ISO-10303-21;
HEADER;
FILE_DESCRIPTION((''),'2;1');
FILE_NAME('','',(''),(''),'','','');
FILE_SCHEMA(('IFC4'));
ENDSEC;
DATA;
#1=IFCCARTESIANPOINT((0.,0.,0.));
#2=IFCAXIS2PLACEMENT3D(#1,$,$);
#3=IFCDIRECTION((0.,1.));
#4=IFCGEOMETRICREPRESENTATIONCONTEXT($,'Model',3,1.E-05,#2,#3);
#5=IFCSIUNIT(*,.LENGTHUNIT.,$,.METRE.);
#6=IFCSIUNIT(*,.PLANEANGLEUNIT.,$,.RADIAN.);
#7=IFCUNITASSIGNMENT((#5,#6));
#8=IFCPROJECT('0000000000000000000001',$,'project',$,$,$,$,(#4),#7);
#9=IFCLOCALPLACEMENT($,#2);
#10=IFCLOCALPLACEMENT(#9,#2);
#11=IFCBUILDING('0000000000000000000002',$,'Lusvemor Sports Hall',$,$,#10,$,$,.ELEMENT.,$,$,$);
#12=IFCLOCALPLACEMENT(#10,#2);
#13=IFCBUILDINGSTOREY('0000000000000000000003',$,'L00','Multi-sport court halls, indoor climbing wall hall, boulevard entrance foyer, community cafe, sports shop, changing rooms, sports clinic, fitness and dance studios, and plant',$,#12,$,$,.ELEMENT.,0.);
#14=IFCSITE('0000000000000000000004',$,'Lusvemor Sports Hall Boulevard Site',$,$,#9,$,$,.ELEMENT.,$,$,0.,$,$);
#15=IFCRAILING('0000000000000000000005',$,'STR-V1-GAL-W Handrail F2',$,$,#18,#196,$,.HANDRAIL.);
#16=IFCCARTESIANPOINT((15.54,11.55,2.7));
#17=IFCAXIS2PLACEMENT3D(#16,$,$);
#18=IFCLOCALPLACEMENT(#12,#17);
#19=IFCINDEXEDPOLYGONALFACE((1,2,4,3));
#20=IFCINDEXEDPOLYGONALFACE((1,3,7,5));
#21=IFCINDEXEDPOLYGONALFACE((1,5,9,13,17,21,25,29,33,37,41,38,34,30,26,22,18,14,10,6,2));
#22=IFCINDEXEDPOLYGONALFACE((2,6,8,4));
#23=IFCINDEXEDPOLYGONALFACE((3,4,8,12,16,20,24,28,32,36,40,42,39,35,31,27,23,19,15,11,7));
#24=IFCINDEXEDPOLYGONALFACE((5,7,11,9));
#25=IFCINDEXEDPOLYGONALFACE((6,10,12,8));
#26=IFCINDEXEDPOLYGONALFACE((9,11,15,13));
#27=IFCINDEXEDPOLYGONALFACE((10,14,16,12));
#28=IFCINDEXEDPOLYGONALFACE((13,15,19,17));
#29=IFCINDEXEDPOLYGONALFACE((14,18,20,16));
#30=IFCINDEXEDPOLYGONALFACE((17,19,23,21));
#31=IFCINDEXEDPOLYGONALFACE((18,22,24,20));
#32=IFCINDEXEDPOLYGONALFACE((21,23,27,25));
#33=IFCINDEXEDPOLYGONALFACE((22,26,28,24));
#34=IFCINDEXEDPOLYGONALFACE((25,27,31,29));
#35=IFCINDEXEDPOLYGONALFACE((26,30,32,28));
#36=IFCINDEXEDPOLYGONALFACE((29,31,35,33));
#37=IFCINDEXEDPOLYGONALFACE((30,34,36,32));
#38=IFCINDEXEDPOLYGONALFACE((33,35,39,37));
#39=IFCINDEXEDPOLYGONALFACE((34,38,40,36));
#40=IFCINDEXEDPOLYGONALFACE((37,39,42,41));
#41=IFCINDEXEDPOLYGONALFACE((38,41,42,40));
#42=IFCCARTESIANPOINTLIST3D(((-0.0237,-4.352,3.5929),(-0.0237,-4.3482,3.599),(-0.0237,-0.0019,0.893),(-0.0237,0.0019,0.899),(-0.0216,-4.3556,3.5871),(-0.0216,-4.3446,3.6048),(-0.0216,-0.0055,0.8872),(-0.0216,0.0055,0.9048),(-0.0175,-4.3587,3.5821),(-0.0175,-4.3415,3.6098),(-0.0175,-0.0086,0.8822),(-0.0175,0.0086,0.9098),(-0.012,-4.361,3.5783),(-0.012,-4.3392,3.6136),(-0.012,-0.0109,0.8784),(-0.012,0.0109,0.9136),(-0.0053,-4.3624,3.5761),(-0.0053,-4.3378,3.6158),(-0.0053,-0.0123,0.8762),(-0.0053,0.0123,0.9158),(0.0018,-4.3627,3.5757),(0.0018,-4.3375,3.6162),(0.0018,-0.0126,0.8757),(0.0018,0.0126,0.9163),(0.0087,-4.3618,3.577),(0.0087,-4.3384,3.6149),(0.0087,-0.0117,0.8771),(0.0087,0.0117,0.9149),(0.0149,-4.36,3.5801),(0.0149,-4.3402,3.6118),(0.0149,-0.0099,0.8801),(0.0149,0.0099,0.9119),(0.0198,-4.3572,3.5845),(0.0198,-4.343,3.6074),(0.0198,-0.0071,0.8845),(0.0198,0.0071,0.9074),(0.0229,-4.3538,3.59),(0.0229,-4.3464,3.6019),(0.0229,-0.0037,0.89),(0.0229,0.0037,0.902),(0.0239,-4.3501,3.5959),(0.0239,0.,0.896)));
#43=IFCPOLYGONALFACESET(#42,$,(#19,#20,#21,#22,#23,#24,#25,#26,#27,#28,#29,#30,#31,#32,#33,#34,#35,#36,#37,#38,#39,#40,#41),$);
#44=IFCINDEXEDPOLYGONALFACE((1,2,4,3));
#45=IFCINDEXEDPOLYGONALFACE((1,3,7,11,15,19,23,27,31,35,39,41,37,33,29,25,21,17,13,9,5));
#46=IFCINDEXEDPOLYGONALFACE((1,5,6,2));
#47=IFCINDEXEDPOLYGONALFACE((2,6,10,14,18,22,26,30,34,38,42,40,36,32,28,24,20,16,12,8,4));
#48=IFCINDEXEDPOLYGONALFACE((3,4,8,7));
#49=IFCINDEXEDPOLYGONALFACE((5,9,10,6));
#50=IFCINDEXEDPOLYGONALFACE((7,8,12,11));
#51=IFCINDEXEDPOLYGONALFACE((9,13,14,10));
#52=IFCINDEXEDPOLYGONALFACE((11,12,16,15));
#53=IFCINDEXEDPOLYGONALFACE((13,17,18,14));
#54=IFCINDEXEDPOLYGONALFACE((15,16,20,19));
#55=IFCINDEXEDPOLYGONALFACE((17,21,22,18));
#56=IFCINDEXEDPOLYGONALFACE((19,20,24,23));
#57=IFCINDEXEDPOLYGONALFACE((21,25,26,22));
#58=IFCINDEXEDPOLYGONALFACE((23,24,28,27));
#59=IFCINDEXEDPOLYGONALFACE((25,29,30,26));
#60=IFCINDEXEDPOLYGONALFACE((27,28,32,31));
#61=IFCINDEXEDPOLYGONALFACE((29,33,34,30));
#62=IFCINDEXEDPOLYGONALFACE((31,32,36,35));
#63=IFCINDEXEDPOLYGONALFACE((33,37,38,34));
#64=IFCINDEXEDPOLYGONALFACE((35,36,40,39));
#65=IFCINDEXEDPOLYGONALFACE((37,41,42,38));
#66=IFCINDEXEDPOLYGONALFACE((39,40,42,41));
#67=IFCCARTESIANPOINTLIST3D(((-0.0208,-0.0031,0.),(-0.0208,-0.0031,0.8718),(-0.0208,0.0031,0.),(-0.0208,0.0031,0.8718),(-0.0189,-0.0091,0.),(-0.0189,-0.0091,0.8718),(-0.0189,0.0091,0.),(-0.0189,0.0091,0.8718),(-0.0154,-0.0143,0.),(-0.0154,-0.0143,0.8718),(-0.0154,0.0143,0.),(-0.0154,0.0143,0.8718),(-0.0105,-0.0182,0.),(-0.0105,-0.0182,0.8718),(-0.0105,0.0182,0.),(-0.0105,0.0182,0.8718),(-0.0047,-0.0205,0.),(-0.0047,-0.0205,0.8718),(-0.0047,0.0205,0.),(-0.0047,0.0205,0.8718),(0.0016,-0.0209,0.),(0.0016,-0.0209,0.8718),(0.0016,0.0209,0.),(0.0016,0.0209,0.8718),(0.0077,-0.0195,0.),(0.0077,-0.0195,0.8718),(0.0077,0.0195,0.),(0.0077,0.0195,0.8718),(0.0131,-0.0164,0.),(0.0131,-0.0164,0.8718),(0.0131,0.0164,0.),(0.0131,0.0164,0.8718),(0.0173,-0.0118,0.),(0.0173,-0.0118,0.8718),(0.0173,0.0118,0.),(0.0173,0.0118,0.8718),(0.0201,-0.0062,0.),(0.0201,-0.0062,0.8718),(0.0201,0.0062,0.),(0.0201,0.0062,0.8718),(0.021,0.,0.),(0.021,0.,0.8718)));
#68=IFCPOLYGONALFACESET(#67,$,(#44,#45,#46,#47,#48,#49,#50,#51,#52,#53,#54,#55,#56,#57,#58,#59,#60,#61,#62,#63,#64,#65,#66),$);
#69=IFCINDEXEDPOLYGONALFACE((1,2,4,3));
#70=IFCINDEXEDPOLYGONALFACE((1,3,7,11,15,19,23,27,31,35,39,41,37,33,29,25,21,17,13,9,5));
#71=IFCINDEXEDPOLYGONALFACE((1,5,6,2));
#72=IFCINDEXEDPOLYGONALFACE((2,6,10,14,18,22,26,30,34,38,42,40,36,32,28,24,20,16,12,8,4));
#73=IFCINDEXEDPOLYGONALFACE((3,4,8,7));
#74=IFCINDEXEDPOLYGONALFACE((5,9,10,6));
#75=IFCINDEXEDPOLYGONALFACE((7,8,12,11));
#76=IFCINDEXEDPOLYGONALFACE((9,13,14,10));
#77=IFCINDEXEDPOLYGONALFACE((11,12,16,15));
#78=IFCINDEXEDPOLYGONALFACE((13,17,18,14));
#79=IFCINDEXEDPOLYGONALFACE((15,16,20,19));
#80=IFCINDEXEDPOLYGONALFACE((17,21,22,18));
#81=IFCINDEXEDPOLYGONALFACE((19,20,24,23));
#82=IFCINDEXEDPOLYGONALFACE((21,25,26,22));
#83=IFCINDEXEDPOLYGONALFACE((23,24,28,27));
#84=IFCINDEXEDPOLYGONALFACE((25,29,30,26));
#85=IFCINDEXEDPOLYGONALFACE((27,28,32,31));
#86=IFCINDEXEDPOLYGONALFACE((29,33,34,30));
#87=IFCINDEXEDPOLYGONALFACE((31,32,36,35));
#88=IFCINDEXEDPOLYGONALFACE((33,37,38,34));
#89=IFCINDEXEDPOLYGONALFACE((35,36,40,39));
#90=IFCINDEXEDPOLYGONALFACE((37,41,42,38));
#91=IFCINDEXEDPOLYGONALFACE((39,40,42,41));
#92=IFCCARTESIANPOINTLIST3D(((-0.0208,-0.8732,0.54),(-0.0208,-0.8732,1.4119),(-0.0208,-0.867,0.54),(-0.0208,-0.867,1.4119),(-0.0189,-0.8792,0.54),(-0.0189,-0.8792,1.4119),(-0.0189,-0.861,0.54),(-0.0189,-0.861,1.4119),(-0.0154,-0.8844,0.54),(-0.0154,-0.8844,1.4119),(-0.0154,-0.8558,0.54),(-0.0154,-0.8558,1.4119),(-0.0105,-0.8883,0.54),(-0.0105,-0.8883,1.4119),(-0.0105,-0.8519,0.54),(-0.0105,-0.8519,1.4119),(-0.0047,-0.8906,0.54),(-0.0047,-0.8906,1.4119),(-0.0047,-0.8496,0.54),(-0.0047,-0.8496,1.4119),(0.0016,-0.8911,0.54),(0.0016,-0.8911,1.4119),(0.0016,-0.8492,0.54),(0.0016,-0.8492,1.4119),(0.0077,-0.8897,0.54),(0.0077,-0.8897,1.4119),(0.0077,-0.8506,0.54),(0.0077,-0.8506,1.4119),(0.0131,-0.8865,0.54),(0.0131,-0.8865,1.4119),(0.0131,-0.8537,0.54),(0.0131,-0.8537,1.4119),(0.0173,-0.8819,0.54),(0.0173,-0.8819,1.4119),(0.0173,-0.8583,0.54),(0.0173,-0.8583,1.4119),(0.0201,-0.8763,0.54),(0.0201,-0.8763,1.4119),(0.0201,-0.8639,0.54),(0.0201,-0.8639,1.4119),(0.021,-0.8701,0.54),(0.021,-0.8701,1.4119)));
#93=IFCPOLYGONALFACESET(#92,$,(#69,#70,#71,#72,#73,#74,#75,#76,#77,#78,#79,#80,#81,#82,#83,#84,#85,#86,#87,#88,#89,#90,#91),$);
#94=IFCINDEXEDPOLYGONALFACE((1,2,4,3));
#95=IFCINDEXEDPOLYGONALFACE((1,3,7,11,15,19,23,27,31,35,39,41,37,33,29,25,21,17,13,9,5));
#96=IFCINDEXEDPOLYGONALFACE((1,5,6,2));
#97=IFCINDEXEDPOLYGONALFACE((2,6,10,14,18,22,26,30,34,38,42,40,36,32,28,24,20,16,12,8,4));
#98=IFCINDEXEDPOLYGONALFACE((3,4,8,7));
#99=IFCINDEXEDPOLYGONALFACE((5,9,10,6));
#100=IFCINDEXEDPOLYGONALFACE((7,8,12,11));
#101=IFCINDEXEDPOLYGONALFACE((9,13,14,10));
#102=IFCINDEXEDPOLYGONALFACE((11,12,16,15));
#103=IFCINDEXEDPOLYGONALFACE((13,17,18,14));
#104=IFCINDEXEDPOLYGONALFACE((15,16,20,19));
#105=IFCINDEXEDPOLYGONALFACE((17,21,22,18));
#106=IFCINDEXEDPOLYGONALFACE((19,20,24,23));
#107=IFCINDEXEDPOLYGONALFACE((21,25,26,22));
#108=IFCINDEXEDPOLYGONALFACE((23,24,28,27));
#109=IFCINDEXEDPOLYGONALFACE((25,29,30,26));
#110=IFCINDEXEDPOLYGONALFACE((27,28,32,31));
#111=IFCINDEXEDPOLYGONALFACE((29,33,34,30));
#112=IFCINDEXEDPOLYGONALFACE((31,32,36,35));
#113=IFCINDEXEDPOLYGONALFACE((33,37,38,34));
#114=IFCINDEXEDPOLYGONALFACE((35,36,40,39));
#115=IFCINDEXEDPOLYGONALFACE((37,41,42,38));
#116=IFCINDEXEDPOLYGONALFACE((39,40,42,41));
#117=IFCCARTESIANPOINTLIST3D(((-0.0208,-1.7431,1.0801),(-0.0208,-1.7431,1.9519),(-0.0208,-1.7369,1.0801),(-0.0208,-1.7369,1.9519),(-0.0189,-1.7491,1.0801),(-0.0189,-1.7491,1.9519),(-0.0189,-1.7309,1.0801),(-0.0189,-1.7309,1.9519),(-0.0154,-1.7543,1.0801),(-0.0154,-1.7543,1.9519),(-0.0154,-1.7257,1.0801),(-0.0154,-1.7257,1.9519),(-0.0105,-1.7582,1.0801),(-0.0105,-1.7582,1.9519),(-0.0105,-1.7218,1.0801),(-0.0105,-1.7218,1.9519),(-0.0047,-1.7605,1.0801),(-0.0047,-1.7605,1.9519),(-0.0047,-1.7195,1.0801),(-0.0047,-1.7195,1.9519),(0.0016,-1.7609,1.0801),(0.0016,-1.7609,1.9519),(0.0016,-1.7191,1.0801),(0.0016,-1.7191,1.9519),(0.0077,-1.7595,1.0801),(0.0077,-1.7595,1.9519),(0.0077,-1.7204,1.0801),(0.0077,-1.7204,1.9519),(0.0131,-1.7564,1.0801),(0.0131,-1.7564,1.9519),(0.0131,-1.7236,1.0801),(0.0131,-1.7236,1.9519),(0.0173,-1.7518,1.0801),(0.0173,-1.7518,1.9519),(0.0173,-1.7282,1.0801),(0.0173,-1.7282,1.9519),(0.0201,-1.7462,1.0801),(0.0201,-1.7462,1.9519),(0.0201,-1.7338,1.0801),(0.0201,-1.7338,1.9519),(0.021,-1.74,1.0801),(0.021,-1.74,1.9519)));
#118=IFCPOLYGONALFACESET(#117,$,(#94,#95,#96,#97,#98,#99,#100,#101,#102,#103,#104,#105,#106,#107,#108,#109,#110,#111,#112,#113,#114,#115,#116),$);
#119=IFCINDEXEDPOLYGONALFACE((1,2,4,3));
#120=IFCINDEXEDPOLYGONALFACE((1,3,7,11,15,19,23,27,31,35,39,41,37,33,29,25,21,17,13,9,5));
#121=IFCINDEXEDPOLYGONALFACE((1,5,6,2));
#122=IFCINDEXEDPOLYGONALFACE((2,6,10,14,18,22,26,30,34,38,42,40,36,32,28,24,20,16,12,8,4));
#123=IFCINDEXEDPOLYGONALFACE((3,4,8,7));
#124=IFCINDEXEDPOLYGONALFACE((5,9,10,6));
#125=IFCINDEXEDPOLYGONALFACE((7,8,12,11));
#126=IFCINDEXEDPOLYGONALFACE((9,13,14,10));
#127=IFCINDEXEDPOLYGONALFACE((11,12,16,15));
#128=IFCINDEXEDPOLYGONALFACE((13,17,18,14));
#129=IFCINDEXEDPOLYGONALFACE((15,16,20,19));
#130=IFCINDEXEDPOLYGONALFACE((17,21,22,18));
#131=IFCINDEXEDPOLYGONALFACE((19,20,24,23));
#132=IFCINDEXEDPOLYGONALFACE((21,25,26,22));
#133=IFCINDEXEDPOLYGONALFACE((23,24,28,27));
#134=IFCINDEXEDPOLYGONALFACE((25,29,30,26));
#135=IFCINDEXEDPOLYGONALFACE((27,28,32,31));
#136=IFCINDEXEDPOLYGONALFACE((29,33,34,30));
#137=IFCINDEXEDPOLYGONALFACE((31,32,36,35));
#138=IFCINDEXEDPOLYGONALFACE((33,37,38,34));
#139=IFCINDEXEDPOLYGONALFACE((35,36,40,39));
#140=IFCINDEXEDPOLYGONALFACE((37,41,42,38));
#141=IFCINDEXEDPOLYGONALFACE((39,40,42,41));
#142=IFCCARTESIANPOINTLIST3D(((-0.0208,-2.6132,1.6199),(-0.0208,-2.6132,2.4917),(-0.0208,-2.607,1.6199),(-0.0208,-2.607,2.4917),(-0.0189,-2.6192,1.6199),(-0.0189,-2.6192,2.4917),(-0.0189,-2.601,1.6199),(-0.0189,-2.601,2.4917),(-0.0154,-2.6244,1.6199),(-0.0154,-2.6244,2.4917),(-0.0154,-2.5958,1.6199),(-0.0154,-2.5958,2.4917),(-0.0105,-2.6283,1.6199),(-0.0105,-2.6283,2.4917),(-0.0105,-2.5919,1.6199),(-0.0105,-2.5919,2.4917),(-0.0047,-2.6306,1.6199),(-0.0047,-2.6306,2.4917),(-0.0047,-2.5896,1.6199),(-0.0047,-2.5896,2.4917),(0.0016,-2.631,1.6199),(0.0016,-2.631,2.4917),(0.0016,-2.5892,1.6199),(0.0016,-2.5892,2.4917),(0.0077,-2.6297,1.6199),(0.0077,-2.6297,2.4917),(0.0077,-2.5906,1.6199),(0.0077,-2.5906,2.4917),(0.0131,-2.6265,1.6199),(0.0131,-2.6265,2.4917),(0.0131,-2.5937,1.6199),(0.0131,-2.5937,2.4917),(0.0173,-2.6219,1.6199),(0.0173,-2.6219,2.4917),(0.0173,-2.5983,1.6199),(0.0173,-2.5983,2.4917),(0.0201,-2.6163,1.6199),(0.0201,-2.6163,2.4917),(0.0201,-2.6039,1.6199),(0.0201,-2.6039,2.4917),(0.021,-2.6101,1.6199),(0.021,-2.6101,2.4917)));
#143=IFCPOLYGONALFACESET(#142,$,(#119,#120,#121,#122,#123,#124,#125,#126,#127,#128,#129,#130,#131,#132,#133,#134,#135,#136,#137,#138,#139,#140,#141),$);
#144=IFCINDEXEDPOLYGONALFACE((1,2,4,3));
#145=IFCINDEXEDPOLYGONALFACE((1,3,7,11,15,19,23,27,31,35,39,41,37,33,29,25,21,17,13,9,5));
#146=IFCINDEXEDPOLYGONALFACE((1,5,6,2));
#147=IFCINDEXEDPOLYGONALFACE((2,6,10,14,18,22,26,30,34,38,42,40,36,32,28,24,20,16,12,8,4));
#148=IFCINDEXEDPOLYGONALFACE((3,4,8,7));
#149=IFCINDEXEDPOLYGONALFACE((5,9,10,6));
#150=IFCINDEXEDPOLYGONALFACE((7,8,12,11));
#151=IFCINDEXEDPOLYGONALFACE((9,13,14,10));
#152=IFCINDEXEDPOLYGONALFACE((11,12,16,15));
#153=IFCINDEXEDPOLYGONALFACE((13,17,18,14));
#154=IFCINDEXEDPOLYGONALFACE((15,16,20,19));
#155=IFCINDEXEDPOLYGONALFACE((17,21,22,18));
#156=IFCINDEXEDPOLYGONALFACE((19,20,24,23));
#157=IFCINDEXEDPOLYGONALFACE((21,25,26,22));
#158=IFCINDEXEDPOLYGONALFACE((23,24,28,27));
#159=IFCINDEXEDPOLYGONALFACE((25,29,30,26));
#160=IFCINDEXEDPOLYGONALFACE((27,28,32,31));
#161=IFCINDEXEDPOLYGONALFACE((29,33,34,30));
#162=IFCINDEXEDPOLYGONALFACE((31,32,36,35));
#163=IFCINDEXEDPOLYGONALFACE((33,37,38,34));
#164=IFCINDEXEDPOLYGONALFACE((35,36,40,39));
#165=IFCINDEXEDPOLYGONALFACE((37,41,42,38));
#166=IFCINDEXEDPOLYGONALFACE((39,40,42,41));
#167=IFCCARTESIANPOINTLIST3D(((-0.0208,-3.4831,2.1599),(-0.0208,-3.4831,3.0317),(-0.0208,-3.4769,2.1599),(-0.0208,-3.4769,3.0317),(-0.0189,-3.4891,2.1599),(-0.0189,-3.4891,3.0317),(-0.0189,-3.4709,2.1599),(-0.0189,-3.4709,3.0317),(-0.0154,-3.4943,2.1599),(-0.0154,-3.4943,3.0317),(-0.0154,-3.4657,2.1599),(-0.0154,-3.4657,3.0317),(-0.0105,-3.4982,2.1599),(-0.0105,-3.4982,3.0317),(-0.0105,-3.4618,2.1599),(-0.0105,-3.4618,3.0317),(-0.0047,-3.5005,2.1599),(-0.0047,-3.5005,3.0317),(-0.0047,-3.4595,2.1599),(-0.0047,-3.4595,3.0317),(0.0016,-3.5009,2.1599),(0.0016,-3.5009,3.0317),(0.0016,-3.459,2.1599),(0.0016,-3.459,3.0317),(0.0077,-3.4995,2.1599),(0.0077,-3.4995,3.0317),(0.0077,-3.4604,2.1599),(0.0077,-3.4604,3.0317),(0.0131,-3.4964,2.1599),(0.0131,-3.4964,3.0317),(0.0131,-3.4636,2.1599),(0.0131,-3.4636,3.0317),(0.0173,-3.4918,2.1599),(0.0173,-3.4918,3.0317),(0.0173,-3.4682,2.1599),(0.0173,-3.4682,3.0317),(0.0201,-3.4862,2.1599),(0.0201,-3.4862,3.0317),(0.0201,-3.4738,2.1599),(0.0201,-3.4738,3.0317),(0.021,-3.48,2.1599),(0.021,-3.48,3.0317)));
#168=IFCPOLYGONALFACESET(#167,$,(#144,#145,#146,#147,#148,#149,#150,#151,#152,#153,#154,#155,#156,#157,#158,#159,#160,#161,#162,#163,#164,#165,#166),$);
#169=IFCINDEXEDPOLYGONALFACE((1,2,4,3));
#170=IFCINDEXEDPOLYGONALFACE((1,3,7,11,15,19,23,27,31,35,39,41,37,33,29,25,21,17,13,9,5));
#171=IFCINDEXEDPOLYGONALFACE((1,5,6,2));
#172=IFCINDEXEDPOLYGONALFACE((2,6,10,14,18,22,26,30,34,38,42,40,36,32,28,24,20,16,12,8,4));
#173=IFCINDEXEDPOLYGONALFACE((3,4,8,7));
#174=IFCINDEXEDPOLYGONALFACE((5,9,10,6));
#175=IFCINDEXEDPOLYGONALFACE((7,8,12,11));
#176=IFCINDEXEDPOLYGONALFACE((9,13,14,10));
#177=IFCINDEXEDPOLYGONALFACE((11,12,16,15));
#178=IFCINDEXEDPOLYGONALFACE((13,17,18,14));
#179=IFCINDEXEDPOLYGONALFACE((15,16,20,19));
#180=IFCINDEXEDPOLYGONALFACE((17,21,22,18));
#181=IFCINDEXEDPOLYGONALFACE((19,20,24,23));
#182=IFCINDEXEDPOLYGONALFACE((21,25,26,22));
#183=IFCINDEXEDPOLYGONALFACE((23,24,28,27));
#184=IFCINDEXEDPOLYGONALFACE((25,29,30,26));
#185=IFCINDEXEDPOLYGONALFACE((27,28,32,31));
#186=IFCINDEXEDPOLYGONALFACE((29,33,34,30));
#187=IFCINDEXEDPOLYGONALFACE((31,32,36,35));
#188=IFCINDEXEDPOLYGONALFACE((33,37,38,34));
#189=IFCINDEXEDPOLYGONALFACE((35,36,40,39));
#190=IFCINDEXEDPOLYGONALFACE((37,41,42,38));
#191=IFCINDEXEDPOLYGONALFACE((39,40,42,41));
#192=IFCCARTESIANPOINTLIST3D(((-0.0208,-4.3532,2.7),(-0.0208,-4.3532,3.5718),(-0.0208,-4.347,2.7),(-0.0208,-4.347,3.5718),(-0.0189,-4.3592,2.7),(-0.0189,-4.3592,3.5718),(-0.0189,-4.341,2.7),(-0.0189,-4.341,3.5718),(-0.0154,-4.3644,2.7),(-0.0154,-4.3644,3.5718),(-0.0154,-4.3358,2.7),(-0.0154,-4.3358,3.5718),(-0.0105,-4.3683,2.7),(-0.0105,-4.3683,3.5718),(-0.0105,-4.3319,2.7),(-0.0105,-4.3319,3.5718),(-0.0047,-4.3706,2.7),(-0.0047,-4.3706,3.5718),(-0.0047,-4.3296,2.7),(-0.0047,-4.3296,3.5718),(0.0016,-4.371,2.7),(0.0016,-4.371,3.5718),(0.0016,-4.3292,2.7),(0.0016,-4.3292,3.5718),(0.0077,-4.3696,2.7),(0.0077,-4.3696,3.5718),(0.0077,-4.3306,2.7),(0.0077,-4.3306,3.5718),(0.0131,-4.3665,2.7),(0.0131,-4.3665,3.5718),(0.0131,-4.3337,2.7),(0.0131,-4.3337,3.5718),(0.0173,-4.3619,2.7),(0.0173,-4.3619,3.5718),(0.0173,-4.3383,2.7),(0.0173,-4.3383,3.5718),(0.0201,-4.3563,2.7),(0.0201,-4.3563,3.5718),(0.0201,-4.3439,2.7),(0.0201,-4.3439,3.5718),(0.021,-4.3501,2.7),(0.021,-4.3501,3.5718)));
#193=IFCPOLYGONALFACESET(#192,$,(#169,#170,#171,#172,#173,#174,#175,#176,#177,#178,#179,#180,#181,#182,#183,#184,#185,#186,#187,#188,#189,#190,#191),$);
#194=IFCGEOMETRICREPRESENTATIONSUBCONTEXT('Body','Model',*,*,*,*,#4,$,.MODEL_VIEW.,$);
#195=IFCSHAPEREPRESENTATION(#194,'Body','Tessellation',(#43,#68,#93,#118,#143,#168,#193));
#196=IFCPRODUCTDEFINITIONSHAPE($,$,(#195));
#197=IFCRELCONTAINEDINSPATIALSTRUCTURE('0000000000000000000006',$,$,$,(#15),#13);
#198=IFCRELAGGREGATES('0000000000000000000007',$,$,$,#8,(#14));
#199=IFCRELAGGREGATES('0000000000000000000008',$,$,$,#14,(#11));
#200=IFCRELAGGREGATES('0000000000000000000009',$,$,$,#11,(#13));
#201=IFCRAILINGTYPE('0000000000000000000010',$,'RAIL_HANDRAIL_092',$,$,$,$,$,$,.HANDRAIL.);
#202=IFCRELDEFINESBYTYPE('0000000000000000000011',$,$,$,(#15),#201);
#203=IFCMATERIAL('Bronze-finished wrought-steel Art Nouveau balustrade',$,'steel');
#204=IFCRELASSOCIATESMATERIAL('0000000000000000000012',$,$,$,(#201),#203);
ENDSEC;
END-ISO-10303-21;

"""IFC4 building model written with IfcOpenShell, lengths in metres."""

from ifc_helpers import new_model, si_unit, direction, frame, origin, origin_2d, place, context, subcontext, project, spatial, circle, extrude, material, type_object, element, save


model = new_model("IFC4")

# Units and contexts
model_context = context("Model", 3, precision=1e-05, world=origin(), true_north=direction((0.0, 1.0)))
body_context = subcontext(model_context, "Body", "Model", "MODEL_VIEW")
ifc_project = project(units=[si_unit("LENGTHUNIT", "METRE"), si_unit("PLANEANGLEUNIT", "RADIAN")], contexts=[model_context])

# Site, building, storey
site_placement = place(None, origin())
site = spatial("IfcSite", under=ifc_project, at=site_placement, Name="Lusvemor Sports Hall Boulevard Site", CompositionType="ELEMENT", RefElevation=0.0)
building_placement = place(site_placement, origin())
building = spatial("IfcBuilding", under=site, at=building_placement, Name="Lusvemor Sports Hall", CompositionType="ELEMENT")
storey_placement = place(building_placement, origin())
storey = spatial("IfcBuildingStorey", under=building, at=storey_placement, Name="L00", Description="Multi-sport court halls, indoor climbing wall hall, boulevard entrance foyer, community cafe, sports shop, changing rooms, sports clinic, fitness and dance studios, and plant", CompositionType="ELEMENT", Elevation=0.0)

# Railing
ifc_material_1 = material(Name="Bronze-finished wrought-steel Art Nouveau balustrade", Category="steel")
railing_type_1 = type_object("IfcRailingType", Name="RAIL_HANDRAIL_092", PredefinedType="HANDRAIL", material=ifc_material_1)
railing_1_placement = place(storey_placement, frame((15.54, 11.55, 2.7)))
element("IfcRailing", 1, at=railing_1_placement, inside=storey, type_object=railing_type_1, Name="STR-V1-GAL-W Handrail F2", PredefinedType="HANDRAIL", context=body_context, shape_type="SweptSolid", body=[
    extrude(circle(Radius=0.0239, at=origin_2d()), frame((0.0, 0.0, 0.896), z_axis=(0.0, -0.84965, 0.527347), x_axis=(1.0, 0.0, 0.0)), (0.0, 0.0, 1.0), 5.1199),
    extrude(circle(Radius=0.021, at=origin_2d()), origin(), (0.0, 0.0, 1.0), 0.8718),
    extrude(circle(Radius=0.021, at=origin_2d()), frame((0.0, -0.8701, 0.54)), (0.0, 0.0, 1.0), 0.8718),
    extrude(circle(Radius=0.021, at=origin_2d()), frame((0.0, -1.74, 1.0801)), (0.0, 0.0, 1.0), 0.8718),
    extrude(circle(Radius=0.021, at=origin_2d()), frame((0.0, -2.6101, 1.6199)), (0.0, 0.0, 1.0), 0.8718),
    extrude(circle(Radius=0.021, at=origin_2d()), frame((0.0, -3.48, 2.1599)), (0.0, 0.0, 1.0), 0.8718),
    extrude(circle(Radius=0.021, at=origin_2d()), frame((0.0, -4.3501, 2.7)), (0.0, 0.0, 1.0), 0.8718),
])

save(model, "model.ifc")
